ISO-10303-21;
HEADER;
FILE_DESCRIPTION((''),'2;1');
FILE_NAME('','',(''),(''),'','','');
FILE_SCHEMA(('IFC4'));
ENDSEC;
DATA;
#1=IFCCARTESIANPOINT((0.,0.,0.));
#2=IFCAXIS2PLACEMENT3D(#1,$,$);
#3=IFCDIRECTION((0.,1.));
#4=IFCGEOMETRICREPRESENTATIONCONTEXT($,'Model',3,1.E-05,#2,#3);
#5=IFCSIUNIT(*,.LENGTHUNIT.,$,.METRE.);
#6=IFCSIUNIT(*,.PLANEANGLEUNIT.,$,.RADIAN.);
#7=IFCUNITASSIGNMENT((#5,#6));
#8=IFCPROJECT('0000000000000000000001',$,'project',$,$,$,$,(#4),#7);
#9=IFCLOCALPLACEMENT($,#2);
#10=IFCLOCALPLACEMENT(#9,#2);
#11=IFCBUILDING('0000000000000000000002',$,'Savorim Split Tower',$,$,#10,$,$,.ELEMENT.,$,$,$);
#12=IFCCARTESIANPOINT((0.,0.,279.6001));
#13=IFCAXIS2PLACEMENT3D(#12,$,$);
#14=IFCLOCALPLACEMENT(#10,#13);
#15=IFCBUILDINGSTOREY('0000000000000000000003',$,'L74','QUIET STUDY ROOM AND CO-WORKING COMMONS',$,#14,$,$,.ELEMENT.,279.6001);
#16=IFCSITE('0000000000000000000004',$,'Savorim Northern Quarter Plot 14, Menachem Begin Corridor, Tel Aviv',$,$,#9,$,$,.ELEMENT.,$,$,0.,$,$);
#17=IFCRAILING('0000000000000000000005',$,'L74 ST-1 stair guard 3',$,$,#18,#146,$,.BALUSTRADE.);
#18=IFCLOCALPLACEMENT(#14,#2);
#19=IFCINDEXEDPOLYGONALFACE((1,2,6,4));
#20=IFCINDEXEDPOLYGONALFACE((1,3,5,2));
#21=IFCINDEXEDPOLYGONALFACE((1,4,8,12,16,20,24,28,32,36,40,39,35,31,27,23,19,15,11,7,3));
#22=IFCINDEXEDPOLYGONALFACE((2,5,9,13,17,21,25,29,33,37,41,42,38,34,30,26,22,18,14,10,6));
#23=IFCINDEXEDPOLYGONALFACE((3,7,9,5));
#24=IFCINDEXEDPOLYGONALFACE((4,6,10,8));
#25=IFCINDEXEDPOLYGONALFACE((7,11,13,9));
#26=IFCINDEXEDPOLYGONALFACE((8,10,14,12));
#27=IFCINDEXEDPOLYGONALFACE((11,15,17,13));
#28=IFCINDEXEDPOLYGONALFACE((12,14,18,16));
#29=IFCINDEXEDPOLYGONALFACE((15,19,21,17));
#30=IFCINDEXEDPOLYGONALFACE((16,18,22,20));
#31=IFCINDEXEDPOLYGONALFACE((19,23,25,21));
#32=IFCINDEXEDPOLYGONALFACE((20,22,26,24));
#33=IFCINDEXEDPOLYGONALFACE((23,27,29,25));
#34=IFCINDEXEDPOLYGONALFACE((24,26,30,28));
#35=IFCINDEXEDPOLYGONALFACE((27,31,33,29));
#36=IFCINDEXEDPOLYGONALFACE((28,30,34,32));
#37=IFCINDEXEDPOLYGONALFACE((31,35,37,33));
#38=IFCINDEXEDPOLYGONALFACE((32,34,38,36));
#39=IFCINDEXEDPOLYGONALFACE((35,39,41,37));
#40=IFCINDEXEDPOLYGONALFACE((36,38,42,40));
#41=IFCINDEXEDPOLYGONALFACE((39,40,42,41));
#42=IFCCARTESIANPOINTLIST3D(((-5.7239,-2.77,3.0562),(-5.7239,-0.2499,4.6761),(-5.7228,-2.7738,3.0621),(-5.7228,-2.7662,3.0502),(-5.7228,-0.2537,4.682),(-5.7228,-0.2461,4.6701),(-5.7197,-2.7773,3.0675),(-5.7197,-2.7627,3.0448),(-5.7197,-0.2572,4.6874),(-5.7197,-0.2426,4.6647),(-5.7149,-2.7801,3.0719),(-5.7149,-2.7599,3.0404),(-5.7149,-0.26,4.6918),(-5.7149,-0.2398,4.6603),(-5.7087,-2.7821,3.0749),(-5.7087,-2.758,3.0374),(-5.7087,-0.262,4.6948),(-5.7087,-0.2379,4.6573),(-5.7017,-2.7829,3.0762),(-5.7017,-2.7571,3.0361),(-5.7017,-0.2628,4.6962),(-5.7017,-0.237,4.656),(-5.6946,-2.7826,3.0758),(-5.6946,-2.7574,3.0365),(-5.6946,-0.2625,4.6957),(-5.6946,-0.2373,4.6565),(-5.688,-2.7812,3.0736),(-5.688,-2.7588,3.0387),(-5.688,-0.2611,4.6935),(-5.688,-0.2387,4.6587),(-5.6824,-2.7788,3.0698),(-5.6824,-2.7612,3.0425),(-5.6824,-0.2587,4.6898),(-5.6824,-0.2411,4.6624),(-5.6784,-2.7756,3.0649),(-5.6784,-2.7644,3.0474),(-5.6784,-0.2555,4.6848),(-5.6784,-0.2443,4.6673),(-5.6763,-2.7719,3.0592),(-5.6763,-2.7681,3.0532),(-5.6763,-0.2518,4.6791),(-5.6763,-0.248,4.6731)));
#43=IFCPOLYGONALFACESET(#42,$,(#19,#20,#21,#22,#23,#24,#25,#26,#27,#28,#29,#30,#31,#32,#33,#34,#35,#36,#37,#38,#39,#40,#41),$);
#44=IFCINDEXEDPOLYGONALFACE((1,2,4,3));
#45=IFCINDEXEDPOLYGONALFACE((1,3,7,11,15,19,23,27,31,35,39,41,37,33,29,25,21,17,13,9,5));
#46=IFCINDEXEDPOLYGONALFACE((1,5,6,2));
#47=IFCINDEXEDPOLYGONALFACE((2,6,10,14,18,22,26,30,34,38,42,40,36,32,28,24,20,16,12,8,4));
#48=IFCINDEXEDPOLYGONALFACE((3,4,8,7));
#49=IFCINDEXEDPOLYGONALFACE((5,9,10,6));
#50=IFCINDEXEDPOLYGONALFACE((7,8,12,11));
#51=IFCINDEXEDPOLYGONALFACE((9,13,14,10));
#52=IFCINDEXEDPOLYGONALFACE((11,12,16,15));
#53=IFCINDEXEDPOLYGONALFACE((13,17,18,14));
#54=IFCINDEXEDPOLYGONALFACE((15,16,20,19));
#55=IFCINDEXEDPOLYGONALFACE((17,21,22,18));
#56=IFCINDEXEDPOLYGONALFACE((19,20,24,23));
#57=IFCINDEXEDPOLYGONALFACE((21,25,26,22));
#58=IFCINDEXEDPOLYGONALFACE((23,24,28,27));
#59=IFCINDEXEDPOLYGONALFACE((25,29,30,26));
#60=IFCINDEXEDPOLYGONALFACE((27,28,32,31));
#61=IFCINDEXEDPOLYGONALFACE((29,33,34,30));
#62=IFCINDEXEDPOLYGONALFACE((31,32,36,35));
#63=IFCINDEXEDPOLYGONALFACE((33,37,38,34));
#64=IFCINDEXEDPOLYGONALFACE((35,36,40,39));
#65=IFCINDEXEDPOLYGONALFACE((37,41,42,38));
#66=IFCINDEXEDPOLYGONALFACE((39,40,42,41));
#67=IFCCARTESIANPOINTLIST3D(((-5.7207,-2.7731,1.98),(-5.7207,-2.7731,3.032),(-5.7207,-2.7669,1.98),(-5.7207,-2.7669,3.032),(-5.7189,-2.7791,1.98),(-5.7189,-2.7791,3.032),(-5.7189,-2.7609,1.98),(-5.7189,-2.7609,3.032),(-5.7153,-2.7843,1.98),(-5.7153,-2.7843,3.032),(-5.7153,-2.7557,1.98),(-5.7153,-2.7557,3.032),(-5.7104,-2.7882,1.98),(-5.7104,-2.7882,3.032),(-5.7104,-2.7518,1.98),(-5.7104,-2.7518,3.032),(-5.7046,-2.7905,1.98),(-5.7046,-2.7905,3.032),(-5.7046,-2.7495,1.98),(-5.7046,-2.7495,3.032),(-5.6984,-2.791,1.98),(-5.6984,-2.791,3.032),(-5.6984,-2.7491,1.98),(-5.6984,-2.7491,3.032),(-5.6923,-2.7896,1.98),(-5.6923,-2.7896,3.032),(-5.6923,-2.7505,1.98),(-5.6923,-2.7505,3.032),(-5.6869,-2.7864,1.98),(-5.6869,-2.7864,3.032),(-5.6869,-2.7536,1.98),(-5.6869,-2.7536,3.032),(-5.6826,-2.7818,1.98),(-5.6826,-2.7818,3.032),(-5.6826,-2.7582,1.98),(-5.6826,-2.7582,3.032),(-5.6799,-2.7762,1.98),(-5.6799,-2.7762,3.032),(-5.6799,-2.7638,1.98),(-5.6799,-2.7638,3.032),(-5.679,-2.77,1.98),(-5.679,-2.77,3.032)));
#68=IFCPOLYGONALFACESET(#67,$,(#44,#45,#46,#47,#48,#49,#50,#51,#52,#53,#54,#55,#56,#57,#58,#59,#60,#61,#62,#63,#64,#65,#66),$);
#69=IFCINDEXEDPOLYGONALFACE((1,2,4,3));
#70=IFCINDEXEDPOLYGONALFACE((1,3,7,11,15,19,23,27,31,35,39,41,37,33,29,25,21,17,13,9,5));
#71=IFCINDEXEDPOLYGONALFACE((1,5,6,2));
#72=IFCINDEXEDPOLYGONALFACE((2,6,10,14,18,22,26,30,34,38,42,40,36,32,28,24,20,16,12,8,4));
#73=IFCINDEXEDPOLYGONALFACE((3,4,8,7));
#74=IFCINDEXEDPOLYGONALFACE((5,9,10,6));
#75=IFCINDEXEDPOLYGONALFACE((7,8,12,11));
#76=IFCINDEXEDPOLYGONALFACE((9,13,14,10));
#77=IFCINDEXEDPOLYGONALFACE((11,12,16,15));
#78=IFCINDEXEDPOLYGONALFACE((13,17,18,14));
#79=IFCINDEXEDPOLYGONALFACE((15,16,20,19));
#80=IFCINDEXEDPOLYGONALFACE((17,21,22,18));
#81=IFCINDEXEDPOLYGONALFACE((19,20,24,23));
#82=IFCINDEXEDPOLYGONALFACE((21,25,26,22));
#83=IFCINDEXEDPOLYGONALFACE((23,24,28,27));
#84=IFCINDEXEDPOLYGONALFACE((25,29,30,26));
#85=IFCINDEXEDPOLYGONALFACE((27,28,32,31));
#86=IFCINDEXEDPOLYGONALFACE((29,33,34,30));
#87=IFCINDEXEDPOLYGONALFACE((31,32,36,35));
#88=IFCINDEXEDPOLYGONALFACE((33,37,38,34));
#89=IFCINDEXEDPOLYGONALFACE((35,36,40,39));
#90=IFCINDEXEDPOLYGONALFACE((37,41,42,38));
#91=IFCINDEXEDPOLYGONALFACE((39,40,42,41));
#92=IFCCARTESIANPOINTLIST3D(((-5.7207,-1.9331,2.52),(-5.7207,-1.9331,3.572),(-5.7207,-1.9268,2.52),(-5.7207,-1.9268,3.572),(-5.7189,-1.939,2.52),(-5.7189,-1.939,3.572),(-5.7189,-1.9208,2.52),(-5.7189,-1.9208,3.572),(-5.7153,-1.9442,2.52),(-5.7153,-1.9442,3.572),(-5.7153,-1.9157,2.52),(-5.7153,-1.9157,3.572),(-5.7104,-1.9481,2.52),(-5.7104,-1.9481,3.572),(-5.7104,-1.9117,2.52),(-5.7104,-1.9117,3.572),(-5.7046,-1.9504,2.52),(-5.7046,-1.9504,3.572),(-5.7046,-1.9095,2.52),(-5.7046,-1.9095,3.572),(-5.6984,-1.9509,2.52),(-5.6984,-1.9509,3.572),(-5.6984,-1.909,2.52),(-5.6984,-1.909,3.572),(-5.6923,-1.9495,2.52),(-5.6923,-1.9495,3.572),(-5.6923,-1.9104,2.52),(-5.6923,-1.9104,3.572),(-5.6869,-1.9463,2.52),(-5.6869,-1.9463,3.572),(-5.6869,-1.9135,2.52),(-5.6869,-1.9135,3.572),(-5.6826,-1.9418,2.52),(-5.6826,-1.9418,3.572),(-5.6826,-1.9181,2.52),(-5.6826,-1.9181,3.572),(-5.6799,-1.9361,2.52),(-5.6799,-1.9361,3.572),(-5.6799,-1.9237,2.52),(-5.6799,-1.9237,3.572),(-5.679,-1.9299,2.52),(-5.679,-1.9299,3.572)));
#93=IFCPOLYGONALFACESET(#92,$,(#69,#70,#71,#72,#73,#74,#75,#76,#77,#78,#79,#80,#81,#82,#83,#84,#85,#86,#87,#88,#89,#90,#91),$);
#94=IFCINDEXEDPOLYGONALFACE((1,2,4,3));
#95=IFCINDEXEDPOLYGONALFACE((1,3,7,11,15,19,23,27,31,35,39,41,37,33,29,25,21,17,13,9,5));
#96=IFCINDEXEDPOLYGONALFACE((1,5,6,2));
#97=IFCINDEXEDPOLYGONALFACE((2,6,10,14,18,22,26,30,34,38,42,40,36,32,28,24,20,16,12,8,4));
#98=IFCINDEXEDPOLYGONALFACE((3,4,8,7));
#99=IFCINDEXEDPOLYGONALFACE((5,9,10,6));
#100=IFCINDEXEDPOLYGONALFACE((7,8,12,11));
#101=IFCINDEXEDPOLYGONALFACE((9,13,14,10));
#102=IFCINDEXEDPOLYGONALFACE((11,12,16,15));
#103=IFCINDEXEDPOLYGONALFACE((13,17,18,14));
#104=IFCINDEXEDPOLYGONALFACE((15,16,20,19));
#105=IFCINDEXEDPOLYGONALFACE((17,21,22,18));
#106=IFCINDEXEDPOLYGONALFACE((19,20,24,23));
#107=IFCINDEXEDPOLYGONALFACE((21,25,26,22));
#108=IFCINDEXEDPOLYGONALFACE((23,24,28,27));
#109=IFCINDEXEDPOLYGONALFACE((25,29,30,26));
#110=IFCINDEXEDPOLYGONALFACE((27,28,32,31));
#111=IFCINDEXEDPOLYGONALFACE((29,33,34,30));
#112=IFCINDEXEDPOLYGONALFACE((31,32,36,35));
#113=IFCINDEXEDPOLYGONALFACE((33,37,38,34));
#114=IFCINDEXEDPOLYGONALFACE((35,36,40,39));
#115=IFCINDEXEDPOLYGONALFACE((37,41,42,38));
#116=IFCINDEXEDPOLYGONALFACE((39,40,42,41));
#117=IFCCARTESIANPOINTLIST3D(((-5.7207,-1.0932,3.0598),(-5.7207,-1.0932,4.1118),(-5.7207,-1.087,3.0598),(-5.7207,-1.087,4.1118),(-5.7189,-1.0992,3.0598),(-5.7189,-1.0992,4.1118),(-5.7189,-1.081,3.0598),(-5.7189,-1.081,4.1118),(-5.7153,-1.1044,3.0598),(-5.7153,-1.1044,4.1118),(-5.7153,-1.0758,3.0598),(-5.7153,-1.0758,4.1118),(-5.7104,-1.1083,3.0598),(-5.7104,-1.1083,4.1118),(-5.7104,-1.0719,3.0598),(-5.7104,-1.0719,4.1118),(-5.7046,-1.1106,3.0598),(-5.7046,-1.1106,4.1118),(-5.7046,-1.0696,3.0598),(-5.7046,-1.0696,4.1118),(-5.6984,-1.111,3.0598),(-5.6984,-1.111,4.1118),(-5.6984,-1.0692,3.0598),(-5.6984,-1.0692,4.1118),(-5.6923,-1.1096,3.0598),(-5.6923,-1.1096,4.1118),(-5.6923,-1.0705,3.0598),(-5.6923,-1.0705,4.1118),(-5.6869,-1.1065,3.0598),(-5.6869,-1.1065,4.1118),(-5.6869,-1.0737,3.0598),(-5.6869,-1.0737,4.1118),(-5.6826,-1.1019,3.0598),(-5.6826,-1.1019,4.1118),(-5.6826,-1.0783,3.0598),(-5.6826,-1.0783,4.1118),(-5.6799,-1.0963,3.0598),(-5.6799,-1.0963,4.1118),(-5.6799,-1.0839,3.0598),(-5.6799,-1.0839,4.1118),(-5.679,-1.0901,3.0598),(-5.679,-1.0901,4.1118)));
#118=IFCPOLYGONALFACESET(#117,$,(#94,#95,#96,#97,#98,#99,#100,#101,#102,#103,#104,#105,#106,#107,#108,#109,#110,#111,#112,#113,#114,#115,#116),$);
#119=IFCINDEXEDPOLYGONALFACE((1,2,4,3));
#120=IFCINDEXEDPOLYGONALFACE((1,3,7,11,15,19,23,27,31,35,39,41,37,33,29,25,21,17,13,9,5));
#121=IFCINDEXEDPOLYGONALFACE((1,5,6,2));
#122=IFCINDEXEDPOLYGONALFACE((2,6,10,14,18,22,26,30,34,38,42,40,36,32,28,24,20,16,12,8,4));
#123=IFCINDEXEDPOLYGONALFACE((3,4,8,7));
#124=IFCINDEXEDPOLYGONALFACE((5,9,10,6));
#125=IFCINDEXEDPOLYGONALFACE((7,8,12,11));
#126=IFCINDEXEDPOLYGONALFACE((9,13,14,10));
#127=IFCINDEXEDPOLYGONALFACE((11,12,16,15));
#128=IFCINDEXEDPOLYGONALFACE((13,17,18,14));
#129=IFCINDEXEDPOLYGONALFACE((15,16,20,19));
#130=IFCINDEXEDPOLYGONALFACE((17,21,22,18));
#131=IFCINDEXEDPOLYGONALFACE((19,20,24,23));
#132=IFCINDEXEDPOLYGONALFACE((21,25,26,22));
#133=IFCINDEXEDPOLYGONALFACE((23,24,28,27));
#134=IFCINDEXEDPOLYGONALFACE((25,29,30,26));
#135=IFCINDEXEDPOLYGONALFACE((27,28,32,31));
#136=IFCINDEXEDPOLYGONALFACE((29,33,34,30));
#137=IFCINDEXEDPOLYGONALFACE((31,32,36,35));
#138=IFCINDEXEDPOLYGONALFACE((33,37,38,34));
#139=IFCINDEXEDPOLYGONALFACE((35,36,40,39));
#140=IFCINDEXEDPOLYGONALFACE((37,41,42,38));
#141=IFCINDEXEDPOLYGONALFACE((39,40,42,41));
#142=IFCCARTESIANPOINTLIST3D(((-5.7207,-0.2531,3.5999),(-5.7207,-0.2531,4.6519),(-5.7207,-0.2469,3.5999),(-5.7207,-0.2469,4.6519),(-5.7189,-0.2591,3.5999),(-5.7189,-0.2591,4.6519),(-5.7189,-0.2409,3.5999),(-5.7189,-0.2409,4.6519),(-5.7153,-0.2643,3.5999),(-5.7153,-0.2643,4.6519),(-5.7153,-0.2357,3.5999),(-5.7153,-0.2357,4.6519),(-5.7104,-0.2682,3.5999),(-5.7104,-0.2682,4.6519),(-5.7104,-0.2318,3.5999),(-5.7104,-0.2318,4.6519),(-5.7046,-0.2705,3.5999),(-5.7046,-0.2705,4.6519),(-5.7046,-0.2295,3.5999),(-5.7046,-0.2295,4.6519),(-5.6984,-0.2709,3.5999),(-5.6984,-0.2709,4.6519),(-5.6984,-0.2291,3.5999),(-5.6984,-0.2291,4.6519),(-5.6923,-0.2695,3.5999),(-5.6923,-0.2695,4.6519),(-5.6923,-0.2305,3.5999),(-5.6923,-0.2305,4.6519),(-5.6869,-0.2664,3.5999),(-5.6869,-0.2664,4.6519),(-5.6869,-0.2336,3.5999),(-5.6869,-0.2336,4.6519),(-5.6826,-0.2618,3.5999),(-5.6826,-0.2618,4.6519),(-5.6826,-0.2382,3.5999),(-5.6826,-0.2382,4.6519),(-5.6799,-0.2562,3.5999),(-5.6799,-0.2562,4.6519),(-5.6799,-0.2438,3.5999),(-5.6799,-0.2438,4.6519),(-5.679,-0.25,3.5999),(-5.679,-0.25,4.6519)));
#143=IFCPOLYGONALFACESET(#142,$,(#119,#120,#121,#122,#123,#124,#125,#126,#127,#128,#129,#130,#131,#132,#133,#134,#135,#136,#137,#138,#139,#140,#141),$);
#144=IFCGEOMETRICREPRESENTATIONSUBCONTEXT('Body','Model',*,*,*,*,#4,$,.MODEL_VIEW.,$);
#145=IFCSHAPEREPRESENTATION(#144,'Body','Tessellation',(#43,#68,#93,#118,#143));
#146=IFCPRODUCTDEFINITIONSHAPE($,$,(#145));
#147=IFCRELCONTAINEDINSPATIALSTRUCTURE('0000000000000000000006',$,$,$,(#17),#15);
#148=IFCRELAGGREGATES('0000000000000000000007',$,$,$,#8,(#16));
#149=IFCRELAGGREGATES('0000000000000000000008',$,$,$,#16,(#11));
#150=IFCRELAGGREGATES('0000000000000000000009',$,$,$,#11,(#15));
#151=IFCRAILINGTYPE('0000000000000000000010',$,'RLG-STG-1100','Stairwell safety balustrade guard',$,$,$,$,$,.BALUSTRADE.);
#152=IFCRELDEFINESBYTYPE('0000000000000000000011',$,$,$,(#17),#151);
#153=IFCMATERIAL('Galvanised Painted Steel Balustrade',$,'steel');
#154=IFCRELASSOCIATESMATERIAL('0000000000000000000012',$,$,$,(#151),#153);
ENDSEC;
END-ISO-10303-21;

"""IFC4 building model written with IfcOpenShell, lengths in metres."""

from ifc_helpers import new_model, si_unit, direction, frame, origin, origin_2d, place, context, subcontext, project, spatial, circle, extrude, material, type_object, element, save


model = new_model("IFC4")

# Units and contexts
model_context = context("Model", 3, precision=1e-05, world=origin(), true_north=direction((0.0, 1.0)))
body_context = subcontext(model_context, "Body", "Model", "MODEL_VIEW")
ifc_project = project(units=[si_unit("LENGTHUNIT", "METRE"), si_unit("PLANEANGLEUNIT", "RADIAN")], contexts=[model_context])

# Site, building, storey
site_placement = place(None, origin())
site = spatial("IfcSite", under=ifc_project, at=site_placement, Name="Savorim Northern Quarter Plot 14, Menachem Begin Corridor, Tel Aviv", CompositionType="ELEMENT", RefElevation=0.0)
building_placement = place(site_placement, origin())
building = spatial("IfcBuilding", under=site, at=building_placement, Name="Savorim Split Tower", CompositionType="ELEMENT")
storey_placement = place(building_placement, frame((0.0, 0.0, 279.6001)))
storey = spatial("IfcBuildingStorey", under=building, at=storey_placement, Name="L74", Description="QUIET STUDY ROOM AND CO-WORKING COMMONS", CompositionType="ELEMENT", Elevation=279.6001)

# Railing
ifc_material_1 = material(Name="Galvanised Painted Steel Balustrade", Category="steel")
railing_type_1 = type_object("IfcRailingType", Name="RLG-STG-1100", Description="Stairwell safety balustrade guard", PredefinedType="BALUSTRADE", material=ifc_material_1)
railing_1_placement = place(storey_placement, frame((-5.7, -2.77, 1.98)))
element("IfcRailing", 1, at=railing_1_placement, inside=storey, type_object=railing_type_1, Name="L74 ST-1 stair guard 3", PredefinedType="BALUSTRADE", context=body_context, shape_type="SweptSolid", body=[
    extrude(circle(Radius=0.0239, at=origin_2d()), frame((0.0, 0.0, 1.0762), z_axis=(0.0, 0.8412, 0.540725), x_axis=(-1.0, 0.0, 0.0)), (0.0, 0.0, 1.0), 2.9958),
    extrude(circle(Radius=0.021, at=origin_2d()), origin(), (0.0, 0.0, 1.0), 1.052),
    extrude(circle(Radius=0.021, at=origin_2d()), frame((0.0, 0.8401, 0.54)), (0.0, 0.0, 1.0), 1.052),
    extrude(circle(Radius=0.021, at=origin_2d()), frame((0.0, 1.6799, 1.0798)), (0.0, 0.0, 1.0), 1.052),
    extrude(circle(Radius=0.021, at=origin_2d()), frame((0.0, 2.52, 1.6199)), (0.0, 0.0, 1.0), 1.052),
])

save(model, "model.ifc")
